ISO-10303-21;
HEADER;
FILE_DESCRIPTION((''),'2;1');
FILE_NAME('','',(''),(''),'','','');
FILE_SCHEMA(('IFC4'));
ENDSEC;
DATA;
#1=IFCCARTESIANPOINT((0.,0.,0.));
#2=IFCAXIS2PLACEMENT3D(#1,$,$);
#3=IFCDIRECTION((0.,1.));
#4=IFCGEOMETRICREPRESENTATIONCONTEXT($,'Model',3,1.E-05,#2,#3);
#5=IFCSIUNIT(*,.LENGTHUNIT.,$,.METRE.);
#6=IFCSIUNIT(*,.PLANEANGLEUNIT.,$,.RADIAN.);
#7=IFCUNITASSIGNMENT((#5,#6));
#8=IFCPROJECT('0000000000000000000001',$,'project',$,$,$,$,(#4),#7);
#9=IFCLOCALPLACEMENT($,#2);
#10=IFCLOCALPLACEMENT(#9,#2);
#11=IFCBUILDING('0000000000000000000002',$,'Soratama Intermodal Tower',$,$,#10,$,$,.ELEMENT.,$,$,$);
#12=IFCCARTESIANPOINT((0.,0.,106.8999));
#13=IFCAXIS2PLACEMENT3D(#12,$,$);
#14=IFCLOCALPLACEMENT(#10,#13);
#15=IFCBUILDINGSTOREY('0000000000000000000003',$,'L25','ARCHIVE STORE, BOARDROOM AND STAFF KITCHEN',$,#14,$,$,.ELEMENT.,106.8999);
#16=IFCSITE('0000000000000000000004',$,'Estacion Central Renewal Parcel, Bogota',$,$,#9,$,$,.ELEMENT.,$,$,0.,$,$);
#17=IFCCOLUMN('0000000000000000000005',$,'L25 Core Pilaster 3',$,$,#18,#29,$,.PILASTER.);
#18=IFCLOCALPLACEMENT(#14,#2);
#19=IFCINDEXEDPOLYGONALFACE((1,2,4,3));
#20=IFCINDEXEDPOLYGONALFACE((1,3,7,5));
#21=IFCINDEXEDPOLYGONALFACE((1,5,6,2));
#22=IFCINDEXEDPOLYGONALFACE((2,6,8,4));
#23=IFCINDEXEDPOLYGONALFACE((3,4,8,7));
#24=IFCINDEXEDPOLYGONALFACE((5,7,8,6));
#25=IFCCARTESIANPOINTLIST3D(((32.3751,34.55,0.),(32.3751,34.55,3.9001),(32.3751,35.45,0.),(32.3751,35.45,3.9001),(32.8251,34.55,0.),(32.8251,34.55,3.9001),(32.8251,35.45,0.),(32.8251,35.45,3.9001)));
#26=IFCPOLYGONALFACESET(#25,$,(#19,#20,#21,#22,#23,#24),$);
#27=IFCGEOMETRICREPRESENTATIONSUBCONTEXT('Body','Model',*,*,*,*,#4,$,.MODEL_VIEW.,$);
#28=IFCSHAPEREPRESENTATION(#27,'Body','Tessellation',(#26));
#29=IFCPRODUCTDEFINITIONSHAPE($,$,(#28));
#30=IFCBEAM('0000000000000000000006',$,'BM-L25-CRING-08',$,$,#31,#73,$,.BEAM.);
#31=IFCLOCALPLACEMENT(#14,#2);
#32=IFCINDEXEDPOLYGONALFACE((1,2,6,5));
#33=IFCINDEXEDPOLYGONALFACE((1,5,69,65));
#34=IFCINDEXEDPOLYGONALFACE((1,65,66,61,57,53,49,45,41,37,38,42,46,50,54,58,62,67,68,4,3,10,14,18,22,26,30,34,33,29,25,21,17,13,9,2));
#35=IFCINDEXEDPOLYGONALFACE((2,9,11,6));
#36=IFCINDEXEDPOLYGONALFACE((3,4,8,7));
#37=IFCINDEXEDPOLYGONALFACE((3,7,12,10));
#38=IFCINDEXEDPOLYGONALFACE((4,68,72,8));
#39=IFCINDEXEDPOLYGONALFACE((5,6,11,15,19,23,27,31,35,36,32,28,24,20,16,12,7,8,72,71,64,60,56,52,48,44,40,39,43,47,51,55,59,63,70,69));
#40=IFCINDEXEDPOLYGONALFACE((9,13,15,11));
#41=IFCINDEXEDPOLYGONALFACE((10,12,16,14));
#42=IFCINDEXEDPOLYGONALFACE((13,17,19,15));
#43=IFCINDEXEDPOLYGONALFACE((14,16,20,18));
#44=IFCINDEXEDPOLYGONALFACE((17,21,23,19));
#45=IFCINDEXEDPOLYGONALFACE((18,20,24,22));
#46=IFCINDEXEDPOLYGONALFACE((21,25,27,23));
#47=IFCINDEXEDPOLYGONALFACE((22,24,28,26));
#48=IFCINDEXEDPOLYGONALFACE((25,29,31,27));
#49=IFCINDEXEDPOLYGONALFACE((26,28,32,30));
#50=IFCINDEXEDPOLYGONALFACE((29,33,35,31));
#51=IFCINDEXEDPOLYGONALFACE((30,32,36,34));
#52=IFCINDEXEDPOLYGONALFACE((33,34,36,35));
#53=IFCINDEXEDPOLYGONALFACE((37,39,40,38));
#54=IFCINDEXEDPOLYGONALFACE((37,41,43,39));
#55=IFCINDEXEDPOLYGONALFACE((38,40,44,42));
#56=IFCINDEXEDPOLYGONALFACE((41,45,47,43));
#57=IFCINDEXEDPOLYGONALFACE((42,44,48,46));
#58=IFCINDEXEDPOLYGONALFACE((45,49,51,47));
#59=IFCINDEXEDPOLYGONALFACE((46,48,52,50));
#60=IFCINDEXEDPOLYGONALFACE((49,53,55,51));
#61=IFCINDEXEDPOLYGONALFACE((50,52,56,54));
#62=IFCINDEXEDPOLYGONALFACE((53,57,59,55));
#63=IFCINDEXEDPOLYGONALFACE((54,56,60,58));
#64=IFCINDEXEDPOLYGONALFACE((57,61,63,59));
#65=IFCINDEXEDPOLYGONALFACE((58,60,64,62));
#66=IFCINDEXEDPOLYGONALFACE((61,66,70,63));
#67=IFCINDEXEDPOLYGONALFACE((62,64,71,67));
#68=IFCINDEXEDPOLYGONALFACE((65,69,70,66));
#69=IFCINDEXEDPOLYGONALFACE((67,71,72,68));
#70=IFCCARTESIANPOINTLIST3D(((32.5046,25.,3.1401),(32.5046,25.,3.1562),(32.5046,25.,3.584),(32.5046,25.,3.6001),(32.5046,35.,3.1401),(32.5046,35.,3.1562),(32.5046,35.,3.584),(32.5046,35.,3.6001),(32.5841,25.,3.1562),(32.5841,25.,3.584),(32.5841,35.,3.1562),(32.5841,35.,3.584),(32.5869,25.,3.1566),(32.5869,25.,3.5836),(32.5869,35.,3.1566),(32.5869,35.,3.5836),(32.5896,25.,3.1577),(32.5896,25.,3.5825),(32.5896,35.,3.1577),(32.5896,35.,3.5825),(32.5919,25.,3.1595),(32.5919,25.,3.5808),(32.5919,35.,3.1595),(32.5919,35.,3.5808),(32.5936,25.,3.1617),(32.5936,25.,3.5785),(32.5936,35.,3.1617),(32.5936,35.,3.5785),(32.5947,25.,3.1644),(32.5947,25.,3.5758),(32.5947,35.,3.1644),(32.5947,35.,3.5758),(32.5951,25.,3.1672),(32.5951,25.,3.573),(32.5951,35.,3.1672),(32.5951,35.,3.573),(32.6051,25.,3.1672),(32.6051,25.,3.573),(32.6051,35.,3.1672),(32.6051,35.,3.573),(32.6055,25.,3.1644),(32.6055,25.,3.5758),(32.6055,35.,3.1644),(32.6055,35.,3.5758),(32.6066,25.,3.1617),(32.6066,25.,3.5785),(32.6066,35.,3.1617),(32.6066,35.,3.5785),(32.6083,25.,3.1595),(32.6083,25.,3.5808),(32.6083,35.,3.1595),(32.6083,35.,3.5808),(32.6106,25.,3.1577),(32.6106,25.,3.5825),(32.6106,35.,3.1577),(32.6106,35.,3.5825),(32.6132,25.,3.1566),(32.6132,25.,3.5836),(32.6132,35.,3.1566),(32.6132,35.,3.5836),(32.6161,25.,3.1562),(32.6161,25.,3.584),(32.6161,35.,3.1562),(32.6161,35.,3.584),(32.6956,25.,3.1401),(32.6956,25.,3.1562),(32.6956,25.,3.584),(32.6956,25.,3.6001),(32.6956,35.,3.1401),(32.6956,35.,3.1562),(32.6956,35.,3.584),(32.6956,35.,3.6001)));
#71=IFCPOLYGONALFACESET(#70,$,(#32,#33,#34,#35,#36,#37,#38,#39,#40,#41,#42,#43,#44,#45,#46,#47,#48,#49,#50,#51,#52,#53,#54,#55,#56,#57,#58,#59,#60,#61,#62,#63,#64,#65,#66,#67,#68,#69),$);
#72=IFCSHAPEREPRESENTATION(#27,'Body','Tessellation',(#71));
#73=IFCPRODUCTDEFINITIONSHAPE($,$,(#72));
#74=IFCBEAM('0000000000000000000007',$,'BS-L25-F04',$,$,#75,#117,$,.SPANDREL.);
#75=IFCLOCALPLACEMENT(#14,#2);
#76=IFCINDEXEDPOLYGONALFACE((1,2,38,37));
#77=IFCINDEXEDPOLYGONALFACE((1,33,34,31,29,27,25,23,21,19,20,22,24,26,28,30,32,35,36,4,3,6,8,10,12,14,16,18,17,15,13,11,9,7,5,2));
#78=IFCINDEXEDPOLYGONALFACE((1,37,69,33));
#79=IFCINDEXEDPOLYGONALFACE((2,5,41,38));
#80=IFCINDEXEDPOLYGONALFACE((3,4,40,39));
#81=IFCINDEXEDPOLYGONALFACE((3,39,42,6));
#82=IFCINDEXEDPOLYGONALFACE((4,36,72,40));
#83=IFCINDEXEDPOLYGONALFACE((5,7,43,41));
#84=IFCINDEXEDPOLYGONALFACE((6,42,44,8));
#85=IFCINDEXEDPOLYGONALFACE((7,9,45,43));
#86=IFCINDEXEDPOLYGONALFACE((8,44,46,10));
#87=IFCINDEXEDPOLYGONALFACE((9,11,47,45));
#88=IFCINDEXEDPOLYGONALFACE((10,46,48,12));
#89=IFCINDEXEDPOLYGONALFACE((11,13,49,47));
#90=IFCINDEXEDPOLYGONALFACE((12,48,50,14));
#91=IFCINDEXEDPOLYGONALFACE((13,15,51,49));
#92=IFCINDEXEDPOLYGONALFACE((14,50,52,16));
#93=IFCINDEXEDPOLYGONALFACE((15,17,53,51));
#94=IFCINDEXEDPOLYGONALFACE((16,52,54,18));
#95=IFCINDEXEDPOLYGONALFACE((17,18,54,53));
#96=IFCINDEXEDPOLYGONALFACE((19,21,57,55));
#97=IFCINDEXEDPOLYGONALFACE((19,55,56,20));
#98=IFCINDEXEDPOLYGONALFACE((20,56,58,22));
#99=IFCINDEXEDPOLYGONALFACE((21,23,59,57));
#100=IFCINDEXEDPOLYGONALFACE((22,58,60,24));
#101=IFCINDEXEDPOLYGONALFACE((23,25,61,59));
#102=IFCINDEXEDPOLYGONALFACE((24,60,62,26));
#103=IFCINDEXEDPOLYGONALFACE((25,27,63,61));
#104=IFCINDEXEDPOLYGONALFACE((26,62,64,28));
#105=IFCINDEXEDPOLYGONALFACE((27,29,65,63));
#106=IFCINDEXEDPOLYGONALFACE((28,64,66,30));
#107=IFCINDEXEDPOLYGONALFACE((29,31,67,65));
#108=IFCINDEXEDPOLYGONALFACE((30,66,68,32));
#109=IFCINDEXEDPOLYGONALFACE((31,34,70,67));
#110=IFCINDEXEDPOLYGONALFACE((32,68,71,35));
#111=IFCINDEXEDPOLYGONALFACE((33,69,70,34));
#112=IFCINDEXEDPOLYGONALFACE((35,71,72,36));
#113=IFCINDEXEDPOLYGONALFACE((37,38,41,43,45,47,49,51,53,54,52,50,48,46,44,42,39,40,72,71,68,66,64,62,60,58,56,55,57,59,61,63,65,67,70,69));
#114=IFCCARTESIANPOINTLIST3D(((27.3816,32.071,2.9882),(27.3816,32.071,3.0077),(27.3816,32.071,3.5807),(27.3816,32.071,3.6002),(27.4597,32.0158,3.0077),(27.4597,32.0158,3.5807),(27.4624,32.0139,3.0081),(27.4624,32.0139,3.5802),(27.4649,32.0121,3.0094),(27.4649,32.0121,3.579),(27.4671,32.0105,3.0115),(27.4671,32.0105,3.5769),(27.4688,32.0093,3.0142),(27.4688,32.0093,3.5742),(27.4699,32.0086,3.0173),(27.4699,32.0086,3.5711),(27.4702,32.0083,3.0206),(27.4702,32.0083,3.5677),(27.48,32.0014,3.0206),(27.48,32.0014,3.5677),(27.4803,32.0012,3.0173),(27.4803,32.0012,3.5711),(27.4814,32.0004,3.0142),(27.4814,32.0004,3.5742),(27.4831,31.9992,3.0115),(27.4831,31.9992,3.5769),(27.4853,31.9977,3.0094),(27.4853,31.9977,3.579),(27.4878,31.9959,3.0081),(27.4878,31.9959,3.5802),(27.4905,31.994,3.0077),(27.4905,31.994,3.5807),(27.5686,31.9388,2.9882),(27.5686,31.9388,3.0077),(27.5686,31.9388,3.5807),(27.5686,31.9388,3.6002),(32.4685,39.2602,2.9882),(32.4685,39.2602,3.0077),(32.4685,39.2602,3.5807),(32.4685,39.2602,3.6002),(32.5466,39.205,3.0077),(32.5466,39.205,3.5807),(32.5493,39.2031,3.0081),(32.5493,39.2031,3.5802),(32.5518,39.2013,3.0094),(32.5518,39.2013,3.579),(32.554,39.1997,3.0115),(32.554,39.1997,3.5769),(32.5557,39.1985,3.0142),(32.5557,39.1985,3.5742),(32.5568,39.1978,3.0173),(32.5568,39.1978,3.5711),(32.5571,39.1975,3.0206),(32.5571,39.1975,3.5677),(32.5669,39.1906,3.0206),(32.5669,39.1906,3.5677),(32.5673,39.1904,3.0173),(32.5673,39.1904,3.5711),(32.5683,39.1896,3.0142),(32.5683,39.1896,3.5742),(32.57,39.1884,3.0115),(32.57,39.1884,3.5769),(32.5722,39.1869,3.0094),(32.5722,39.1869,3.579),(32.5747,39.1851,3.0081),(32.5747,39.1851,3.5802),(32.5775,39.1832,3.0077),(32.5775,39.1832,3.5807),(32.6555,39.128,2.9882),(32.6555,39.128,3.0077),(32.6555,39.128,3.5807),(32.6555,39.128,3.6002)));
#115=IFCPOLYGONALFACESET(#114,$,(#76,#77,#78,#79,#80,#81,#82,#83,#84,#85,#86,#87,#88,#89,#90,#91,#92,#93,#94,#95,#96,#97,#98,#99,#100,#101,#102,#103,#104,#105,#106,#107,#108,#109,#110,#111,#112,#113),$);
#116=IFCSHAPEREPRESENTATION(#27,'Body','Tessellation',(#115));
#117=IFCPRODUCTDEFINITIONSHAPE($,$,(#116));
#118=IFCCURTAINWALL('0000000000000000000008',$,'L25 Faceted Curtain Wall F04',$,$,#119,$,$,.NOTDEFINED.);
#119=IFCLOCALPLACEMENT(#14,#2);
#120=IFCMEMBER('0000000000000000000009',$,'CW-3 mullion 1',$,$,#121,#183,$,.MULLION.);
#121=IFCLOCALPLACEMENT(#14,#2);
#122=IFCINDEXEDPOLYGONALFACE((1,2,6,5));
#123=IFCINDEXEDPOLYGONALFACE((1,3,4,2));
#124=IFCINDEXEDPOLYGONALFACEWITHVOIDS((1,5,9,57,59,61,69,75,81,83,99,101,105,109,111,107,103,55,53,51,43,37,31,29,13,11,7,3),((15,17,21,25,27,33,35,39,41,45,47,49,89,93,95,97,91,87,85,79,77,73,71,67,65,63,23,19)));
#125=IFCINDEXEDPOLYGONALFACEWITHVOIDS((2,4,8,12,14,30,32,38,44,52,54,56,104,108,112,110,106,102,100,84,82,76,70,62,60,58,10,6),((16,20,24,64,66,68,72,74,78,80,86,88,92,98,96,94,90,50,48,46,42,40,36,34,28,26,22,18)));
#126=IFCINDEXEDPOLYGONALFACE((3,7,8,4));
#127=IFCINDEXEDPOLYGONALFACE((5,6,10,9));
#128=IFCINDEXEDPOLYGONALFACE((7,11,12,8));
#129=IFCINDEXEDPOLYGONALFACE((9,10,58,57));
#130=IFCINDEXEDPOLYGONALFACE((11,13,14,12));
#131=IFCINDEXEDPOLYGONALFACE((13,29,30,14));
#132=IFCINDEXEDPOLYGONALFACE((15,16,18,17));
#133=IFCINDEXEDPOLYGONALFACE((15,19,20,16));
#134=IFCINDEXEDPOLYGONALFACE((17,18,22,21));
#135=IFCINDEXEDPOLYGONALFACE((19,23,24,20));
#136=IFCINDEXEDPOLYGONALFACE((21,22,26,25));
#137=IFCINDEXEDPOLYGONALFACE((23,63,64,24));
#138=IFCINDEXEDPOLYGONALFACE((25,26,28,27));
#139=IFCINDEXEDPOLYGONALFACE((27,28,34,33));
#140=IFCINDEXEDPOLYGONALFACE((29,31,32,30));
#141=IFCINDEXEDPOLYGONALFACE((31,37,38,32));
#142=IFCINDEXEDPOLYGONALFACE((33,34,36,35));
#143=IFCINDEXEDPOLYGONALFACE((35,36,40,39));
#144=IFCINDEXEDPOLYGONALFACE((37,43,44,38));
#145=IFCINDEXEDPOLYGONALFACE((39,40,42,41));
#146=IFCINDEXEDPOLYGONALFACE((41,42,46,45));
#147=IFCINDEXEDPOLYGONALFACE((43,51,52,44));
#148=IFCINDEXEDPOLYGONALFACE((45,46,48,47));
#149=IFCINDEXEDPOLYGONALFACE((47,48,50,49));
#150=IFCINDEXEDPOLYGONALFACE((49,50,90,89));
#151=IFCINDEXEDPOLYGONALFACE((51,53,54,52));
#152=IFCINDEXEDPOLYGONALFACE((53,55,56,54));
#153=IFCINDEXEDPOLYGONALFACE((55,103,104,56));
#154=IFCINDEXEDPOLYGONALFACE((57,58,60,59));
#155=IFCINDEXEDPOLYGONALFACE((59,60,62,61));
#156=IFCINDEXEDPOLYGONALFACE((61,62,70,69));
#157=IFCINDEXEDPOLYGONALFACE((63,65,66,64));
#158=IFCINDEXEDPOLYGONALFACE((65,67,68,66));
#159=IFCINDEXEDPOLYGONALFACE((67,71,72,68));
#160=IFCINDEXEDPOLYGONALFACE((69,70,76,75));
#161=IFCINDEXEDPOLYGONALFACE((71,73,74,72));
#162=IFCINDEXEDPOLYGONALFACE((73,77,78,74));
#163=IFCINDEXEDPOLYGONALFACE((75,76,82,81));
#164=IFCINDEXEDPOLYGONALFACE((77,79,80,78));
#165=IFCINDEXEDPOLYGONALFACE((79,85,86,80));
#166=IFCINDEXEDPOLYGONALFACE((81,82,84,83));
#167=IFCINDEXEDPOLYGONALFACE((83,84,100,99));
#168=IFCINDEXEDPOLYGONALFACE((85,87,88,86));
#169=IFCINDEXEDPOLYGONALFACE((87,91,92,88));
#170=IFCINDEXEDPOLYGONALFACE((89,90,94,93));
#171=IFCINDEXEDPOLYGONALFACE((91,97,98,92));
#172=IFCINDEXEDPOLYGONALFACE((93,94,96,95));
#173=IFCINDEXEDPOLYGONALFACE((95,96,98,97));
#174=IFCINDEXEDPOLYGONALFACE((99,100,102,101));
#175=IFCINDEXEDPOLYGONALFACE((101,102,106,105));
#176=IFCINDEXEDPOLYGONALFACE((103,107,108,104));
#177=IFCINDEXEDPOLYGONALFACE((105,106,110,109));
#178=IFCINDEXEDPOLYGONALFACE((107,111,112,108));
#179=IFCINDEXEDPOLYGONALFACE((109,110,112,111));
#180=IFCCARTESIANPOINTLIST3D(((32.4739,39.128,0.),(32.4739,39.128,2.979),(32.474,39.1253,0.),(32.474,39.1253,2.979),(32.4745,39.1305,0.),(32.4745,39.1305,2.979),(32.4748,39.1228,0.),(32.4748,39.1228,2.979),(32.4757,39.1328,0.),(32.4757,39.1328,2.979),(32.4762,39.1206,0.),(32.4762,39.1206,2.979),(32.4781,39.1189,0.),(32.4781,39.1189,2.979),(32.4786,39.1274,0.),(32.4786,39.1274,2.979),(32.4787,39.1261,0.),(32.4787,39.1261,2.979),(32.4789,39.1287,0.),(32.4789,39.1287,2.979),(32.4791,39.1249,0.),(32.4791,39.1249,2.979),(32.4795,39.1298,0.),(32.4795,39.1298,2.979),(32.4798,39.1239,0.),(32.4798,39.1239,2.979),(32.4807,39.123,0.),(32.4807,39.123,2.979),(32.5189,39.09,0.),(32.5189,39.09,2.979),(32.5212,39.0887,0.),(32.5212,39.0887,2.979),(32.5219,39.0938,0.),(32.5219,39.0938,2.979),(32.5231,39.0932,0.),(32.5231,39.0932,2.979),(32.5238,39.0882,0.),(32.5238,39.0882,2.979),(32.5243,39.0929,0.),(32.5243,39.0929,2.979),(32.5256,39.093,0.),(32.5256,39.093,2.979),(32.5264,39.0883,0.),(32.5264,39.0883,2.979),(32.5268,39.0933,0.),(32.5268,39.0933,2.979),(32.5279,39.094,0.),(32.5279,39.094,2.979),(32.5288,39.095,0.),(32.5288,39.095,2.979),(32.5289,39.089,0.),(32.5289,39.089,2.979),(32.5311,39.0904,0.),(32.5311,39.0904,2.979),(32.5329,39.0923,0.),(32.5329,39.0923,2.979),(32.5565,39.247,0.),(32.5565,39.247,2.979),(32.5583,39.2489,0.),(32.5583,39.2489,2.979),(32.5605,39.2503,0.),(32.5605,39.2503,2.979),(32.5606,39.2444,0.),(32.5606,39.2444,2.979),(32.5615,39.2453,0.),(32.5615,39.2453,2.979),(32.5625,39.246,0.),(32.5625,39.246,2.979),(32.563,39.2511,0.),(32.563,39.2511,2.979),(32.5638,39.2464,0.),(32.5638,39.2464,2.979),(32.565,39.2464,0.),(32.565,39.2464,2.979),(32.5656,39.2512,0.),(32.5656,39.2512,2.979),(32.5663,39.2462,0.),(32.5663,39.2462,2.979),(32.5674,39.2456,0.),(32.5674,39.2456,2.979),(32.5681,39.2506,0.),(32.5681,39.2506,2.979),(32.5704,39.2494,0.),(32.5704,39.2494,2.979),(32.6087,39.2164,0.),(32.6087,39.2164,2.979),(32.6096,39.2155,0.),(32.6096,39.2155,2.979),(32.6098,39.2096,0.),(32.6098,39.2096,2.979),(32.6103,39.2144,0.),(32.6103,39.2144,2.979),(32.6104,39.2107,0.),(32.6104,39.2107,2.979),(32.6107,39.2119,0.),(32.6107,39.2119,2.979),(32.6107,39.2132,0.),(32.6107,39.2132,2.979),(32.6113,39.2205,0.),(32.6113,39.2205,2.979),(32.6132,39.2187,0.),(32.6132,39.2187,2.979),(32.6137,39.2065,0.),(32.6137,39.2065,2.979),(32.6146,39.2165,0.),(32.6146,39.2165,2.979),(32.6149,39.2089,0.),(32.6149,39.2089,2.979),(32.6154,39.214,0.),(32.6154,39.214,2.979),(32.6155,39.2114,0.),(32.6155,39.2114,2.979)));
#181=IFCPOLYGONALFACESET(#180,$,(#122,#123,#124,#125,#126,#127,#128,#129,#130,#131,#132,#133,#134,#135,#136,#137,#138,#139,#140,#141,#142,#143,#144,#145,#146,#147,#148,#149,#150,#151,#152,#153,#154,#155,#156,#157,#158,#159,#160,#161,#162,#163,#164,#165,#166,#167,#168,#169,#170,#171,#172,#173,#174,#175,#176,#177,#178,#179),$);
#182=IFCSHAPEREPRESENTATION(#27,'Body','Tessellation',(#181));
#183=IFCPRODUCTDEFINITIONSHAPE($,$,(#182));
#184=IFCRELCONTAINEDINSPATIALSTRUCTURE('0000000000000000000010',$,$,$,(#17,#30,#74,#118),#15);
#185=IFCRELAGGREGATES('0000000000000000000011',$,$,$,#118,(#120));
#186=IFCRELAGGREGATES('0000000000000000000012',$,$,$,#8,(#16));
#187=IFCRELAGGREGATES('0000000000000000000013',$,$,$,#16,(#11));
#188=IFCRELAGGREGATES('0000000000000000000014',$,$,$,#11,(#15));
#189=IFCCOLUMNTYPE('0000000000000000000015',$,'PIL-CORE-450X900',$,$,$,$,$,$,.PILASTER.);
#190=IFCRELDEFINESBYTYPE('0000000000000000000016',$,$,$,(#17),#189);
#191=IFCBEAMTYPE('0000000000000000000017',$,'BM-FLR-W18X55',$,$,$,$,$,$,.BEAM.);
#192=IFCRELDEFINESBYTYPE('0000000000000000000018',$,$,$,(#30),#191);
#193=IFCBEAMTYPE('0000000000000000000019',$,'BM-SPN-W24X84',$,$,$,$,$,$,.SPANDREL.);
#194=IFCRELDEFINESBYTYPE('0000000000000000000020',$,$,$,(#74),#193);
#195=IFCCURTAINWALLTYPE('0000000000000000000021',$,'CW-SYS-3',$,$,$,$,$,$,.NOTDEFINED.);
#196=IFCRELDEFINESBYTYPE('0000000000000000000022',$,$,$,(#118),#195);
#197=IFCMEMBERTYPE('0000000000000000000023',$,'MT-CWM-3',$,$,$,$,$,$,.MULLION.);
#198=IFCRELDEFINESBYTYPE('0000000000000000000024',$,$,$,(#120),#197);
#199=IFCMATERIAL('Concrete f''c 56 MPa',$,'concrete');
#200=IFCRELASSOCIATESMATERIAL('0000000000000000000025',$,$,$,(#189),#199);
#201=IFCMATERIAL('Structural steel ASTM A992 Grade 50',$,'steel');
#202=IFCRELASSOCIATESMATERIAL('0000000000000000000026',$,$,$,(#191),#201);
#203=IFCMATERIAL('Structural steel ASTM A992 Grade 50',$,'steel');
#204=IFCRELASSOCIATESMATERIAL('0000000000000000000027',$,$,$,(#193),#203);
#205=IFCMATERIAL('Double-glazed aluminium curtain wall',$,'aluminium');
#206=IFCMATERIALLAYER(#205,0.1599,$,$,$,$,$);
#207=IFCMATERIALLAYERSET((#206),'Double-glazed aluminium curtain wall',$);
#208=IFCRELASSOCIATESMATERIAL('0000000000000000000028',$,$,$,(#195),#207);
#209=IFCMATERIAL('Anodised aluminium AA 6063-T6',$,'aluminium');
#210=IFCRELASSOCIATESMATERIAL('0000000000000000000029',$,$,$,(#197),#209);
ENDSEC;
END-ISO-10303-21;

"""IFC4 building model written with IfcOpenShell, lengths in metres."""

from ifc_helpers import new_model, si_unit, direction, frame, origin, origin_2d, place, context, subcontext, project, spatial, rectangle, hollow_rectangle, i_section, extrude, material, layer, layer_set, material_profile, profile_set, type_object, element, aggregate, save


model = new_model("IFC4")

# Units and contexts
model_context = context("Model", 3, precision=1e-05, world=origin(), true_north=direction((0.0, 1.0)))
body_context = subcontext(model_context, "Body", "Model", "MODEL_VIEW")
ifc_project = project(units=[si_unit("LENGTHUNIT", "METRE"), si_unit("PLANEANGLEUNIT", "RADIAN")], contexts=[model_context])

# Site, building, storey
site_placement = place(None, origin())
site = spatial("IfcSite", under=ifc_project, at=site_placement, Name="Estacion Central Renewal Parcel, Bogota", CompositionType="ELEMENT", RefElevation=0.0)
building_placement = place(site_placement, origin())
building = spatial("IfcBuilding", under=site, at=building_placement, Name="Soratama Intermodal Tower", CompositionType="ELEMENT")
storey_placement = place(building_placement, frame((0.0, 0.0, 106.8999)))
storey = spatial("IfcBuildingStorey", under=building, at=storey_placement, Name="L25", Description="ARCHIVE STORE, BOARDROOM AND STAFF KITCHEN", CompositionType="ELEMENT", Elevation=106.8999)

# Column
ifc_material_1 = material(Name="Concrete f'c 56 MPa", Category="concrete")
ifc_material_profile_1 = material_profile(ifc_material_1, rectangle(XDim=0.45, YDim=0.8999, at=origin_2d()), Name="RC450X900")
ifc_profile_set_1 = profile_set([ifc_material_profile_1], Name="Concrete f'c 56 MPa")
column_type = type_object("IfcColumnType", Name="PIL-CORE-450X900", PredefinedType="PILASTER", material=ifc_profile_set_1)
column_placement = place(storey_placement, frame((32.6001, 35.0, 0.0), z_axis=(0.0, 0.0, 1.0), x_axis=(1.0, 0.0, 0.0)))
element("IfcColumn", 1, at=column_placement, inside=storey, type_object=column_type, Name="L25 Core Pilaster 3", PredefinedType="PILASTER", context=body_context, shape_type="SweptSolid", body=[
    extrude(rectangle(XDim=0.45, YDim=0.8999, at=origin_2d()), origin(), (0.0, 0.0, 1.0), 3.9001),
])

# Beams
ifc_material_2 = material(Name="Structural steel ASTM A992 Grade 50", Category="steel")
ifc_material_profile_2 = material_profile(ifc_material_2, i_section(OverallWidth=0.1909, OverallDepth=0.46, WebThickness=0.01, FlangeThickness=0.0161, FilletRadius=0.011, at=origin_2d()), Name="W18X55")
ifc_profile_set_2 = profile_set([ifc_material_profile_2], Name="Structural steel ASTM A992 Grade 50")
beam_type_1 = type_object("IfcBeamType", Name="BM-FLR-W18X55", PredefinedType="BEAM", material=ifc_profile_set_2)
beam_1_placement = place(storey_placement, frame((32.6001, 35.0, 3.3701), z_axis=(0.0, -1.0, 0.0), x_axis=(1.0, 0.0, 0.0)))
element("IfcBeam", 2, at=beam_1_placement, inside=storey, type_object=beam_type_1, Name="BM-L25-CRING-08", PredefinedType="BEAM", context=body_context, shape_type="SweptSolid", body=[
    extrude(i_section(OverallWidth=0.1909, OverallDepth=0.46, WebThickness=0.01, FlangeThickness=0.0161, FilletRadius=0.011, at=origin_2d()), origin(), (0.0, 0.0, 1.0), 10.0),
])
ifc_material_3 = material(Name="Structural steel ASTM A992 Grade 50", Category="steel")
ifc_material_profile_3 = material_profile(ifc_material_3, i_section(OverallWidth=0.229, OverallDepth=0.6121, WebThickness=0.012, FlangeThickness=0.0195, FilletRadius=0.0129, at=origin_2d()), Name="W24X84")
ifc_profile_set_3 = profile_set([ifc_material_profile_3], Name="Structural steel ASTM A992 Grade 50")
beam_type_2 = type_object("IfcBeamType", Name="BM-SPN-W24X84", PredefinedType="SPANDREL", material=ifc_profile_set_3)
beam_2_placement = place(storey_placement, frame((32.562, 39.1941, 3.2942), z_axis=(-0.577606, -0.816316, 0.0), x_axis=(0.816316, -0.577606, 0.0)))
element("IfcBeam", 3, at=beam_2_placement, inside=storey, type_object=beam_type_2, Name="BS-L25-F04", PredefinedType="SPANDREL", context=body_context, shape_type="SweptSolid", body=[
    extrude(i_section(OverallWidth=0.229, OverallDepth=0.6121, WebThickness=0.012, FlangeThickness=0.0195, FilletRadius=0.0129, at=origin_2d()), origin(), (0.0, 0.0, 1.0), 8.8069),
])

# Curtain wall, member
ifc_material_4 = material(Name="Double-glazed aluminium curtain wall", Category="aluminium")
ifc_layer_1 = layer(ifc_material_4, 0.1599)
ifc_layer_set_1 = layer_set([ifc_layer_1], Name="Double-glazed aluminium curtain wall")
curtain_wall_type = type_object("IfcCurtainWallType", Name="CW-SYS-3", PredefinedType="NOTDEFINED", material=ifc_layer_set_1)
curtain_wall_placement = place(storey_placement, origin())
curtain_wall = element("IfcCurtainWall", 4, at=curtain_wall_placement, inside=storey, type_object=curtain_wall_type, Name="L25 Faceted Curtain Wall F04", PredefinedType="NOTDEFINED")
ifc_material_5 = material(Name="Anodised aluminium AA 6063-T6", Category="aluminium")
ifc_material_profile_4 = material_profile(ifc_material_5, hollow_rectangle(XDim=0.0701, YDim=0.1599, WallThickness=0.0049, InnerFilletRadius=0.0049, OuterFilletRadius=0.01, at=origin_2d()), Name="CWM160X70X5")
ifc_profile_set_4 = profile_set([ifc_material_profile_4], Name="Anodised aluminium AA 6063-T6")
member_type_1 = type_object("IfcMemberType", Name="MT-CWM-3", PredefinedType="MULLION", material=ifc_profile_set_4)
member_1_placement = place(storey_placement, frame((32.5447, 39.1697, 0.0), z_axis=(0.0, 0.0, 1.0), x_axis=(0.816334, -0.57758, 0.0)))
member_1 = element("IfcMember", 5, at=member_1_placement, type_object=member_type_1, Name="CW-3 mullion 1", PredefinedType="MULLION", context=body_context, shape_type="SweptSolid", body=[
    extrude(hollow_rectangle(XDim=0.0701, YDim=0.1599, WallThickness=0.0049, InnerFilletRadius=0.0049, OuterFilletRadius=0.01, at=origin_2d()), origin(), (0.0, 0.0, 1.0), 2.979),
])
aggregate(curtain_wall, [member_1])

save(model, "model.ifc")
